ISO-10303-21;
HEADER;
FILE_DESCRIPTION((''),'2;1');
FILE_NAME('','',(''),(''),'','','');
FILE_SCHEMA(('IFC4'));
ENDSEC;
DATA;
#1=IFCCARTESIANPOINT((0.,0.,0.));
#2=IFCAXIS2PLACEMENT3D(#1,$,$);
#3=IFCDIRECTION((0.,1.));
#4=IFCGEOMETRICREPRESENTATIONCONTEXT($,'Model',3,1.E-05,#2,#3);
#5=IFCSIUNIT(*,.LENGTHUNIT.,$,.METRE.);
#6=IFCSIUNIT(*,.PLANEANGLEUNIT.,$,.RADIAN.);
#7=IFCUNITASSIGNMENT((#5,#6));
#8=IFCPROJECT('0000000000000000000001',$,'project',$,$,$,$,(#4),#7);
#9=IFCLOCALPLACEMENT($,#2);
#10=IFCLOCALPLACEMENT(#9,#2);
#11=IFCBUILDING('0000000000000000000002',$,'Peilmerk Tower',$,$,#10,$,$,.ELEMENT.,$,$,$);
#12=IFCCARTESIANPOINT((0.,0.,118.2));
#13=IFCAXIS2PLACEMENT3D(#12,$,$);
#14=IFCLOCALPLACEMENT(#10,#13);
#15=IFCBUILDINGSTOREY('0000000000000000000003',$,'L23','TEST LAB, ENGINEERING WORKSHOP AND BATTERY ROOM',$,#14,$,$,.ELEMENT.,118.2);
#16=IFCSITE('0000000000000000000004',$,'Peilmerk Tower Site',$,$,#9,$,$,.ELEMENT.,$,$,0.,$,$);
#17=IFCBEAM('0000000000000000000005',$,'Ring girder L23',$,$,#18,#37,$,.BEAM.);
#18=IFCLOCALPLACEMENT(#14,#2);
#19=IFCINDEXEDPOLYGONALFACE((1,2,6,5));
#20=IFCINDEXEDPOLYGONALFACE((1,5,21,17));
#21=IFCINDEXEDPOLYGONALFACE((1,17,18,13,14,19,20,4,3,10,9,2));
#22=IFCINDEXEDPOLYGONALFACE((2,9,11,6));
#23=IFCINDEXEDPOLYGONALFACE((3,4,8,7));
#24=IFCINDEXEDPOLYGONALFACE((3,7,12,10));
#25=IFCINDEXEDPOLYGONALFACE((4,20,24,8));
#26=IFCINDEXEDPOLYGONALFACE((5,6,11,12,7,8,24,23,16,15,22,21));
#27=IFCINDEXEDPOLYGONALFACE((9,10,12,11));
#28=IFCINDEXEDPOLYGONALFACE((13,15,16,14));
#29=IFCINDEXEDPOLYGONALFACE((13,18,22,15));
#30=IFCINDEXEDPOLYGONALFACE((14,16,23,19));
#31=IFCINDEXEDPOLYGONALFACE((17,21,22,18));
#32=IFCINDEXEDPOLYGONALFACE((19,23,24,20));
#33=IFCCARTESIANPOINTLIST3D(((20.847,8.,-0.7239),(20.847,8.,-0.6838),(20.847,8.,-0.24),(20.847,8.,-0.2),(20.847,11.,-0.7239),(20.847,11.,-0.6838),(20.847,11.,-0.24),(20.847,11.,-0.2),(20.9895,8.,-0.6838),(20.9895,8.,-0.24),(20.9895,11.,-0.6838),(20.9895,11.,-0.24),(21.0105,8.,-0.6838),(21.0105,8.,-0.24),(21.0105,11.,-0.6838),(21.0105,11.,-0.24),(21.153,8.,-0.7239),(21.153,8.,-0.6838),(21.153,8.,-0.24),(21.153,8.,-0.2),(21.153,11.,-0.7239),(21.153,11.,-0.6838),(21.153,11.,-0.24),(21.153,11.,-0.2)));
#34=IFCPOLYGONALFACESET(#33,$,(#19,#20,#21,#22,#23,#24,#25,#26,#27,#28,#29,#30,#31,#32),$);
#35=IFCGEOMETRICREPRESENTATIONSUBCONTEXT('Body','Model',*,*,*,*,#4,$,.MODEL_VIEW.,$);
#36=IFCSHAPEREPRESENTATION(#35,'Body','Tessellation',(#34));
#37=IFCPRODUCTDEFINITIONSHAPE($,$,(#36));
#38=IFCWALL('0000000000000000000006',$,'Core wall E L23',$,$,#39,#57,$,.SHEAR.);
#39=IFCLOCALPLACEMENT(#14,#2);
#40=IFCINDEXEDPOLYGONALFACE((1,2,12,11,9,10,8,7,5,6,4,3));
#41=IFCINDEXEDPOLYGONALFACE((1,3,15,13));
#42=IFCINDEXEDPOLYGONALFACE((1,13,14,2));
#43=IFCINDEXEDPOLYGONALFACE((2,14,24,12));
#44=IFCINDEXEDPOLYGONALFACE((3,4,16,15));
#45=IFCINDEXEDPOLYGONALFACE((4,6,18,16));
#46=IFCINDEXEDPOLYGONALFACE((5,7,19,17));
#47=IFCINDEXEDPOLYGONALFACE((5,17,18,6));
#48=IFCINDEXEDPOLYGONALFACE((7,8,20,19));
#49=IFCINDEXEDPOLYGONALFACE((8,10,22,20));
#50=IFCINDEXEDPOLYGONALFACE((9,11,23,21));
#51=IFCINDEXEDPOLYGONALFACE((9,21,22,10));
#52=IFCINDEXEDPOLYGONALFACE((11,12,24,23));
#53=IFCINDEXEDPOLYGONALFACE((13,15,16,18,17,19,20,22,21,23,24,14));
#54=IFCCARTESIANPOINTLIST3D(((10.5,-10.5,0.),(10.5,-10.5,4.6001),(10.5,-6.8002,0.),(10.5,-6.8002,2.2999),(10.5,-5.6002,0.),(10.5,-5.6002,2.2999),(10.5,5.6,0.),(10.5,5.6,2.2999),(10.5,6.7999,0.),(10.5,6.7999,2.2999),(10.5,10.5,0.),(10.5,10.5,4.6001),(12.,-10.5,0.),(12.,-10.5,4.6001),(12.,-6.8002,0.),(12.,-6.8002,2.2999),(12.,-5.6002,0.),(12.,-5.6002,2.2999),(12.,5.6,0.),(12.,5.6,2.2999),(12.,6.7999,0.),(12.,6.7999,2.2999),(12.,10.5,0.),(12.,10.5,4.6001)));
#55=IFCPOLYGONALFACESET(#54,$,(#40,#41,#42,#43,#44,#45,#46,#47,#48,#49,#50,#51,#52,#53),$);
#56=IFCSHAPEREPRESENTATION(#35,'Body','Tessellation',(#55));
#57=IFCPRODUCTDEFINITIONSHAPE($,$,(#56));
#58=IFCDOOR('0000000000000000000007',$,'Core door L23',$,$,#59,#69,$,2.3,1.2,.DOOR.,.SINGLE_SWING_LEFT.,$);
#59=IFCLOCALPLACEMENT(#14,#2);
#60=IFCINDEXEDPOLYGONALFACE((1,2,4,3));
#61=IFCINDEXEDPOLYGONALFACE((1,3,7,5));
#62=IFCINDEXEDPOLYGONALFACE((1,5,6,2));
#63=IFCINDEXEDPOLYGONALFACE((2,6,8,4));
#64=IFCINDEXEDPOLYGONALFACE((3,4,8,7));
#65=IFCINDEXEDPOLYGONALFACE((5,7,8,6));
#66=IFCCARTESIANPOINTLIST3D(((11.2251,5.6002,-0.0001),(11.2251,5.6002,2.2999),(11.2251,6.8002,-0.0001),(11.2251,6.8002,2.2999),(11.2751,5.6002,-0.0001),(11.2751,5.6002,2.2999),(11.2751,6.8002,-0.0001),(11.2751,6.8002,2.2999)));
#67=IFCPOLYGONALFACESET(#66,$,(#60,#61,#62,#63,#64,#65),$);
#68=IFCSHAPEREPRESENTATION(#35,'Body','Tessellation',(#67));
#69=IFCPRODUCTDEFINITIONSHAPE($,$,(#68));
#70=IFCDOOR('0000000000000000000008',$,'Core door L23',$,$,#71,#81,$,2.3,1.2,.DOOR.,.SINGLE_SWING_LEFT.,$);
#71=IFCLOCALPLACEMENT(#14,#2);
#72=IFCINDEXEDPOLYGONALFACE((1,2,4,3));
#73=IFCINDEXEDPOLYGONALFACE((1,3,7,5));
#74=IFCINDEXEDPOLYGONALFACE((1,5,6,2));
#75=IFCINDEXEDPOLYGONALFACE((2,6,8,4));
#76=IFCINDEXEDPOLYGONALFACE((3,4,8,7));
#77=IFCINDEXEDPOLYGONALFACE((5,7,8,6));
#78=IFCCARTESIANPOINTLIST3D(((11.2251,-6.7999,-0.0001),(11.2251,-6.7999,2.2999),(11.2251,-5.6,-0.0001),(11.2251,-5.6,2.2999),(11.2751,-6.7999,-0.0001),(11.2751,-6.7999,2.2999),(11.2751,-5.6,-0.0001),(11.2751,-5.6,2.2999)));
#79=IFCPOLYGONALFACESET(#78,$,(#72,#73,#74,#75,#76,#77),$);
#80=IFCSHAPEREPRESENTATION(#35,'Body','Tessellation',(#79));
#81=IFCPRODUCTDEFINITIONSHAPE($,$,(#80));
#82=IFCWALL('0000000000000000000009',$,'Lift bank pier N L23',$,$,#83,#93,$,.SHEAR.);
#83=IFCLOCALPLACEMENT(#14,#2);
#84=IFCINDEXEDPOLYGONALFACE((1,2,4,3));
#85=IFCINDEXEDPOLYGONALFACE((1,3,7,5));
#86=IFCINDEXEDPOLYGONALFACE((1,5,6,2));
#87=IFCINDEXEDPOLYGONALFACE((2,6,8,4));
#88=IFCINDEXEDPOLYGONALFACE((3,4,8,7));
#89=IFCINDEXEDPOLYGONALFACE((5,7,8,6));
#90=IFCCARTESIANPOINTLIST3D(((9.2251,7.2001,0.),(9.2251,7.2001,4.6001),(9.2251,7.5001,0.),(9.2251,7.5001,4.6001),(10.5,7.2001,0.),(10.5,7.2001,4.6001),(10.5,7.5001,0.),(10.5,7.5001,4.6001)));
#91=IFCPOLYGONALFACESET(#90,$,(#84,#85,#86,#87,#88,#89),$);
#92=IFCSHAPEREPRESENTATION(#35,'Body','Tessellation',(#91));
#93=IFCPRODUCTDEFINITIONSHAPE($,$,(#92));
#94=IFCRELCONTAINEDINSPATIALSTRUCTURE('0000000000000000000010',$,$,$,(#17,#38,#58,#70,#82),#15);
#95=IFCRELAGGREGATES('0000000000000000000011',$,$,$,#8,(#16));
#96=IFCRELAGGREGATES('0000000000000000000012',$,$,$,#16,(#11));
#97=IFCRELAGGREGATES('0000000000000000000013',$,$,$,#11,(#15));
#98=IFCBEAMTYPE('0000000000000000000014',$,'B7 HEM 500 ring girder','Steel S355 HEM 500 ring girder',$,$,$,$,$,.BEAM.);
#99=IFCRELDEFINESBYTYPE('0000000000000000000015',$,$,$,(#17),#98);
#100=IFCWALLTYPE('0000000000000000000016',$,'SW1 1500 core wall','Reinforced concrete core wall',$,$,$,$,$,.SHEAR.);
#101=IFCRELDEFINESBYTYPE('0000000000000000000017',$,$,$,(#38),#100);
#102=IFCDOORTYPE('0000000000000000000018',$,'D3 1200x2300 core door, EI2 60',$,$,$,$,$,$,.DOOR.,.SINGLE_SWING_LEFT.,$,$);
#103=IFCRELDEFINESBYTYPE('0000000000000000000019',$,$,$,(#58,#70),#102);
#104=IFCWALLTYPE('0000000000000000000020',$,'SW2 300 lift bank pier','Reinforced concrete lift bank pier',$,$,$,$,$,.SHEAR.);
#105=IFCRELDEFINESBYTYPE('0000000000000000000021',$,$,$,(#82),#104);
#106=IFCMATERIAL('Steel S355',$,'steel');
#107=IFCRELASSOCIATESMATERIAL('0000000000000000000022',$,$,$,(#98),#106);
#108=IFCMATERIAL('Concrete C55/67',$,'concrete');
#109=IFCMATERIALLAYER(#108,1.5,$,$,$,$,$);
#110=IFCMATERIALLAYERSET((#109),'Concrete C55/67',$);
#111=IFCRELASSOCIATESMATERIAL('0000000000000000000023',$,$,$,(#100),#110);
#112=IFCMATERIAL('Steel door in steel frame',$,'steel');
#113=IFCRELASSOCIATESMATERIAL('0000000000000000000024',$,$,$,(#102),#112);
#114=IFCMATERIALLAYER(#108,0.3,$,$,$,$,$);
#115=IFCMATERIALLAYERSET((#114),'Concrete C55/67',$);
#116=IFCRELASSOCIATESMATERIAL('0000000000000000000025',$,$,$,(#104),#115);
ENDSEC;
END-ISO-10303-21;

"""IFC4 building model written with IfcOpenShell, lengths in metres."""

from ifc_helpers import new_model, si_unit, direction, frame, frame_2d, origin, origin_2d, place, context, subcontext, project, spatial, rectangle, i_section, extrude, material, layer, layer_set, material_profile, profile_set, type_object, element, fill, save


model = new_model("IFC4")

# Units and contexts
model_context = context("Model", 3, precision=1e-05, world=origin(), true_north=direction((0.0, 1.0)))
body_context = subcontext(model_context, "Body", "Model", "MODEL_VIEW")
ifc_project = project(units=[si_unit("LENGTHUNIT", "METRE"), si_unit("PLANEANGLEUNIT", "RADIAN")], contexts=[model_context])

# Site, building, storey
site_placement = place(None, origin())
site = spatial("IfcSite", under=ifc_project, at=site_placement, Name="Peilmerk Tower Site", CompositionType="ELEMENT", RefElevation=0.0)
building_placement = place(site_placement, origin())
building = spatial("IfcBuilding", under=site, at=building_placement, Name="Peilmerk Tower", CompositionType="ELEMENT")
storey_placement = place(building_placement, frame((0.0, 0.0, 118.2)))
storey = spatial("IfcBuildingStorey", under=building, at=storey_placement, Name="L23", Description="TEST LAB, ENGINEERING WORKSHOP AND BATTERY ROOM", CompositionType="ELEMENT", Elevation=118.2)

# Beam
ifc_material_1 = material(Name="Steel S355", Category="steel")
ifc_material_profile_1 = material_profile(ifc_material_1, i_section(OverallWidth=0.3059, OverallDepth=0.5239, WebThickness=0.021, FlangeThickness=0.04, at=origin_2d()), Name="HEM 500")
ifc_profile_set_1 = profile_set([ifc_material_profile_1], Name="Steel S355")
beam_type_1 = type_object("IfcBeamType", Name="B7 HEM 500 ring girder", Description="Steel S355 HEM 500 ring girder", PredefinedType="BEAM", material=ifc_profile_set_1)
beam_1_placement = place(storey_placement, frame((21.0, 8.0, -0.4619), z_axis=(0.0, 1.0, 0.0), x_axis=(-1.0, 0.0, 0.0)))
element("IfcBeam", 1, at=beam_1_placement, inside=storey, type_object=beam_type_1, Name="Ring girder L23", PredefinedType="BEAM", context=body_context, shape_type="SweptSolid", body=[
    extrude(i_section(OverallWidth=0.3059, OverallDepth=0.5239, WebThickness=0.021, FlangeThickness=0.04, at=origin_2d()), origin(), (0.0, 0.0, 1.0), 3.0),
])

# Wall, openings, doors
ifc_material_2 = material(Name="Concrete C55/67", Category="concrete")
ifc_layer_1 = layer(ifc_material_2, 1.5)
ifc_layer_set_1 = layer_set([ifc_layer_1], Name="Concrete C55/67")
wall_type_1 = type_object("IfcWallType", Name="SW1 1500 core wall", Description="Reinforced concrete core wall", PredefinedType="SHEAR", material=ifc_layer_set_1)
wall_1_placement = place(storey_placement, frame((11.25, 10.5, 0.0), z_axis=(0.0, 0.0, 1.0), x_axis=(0.0, -1.0, 0.0)))
wall_1 = element("IfcWall", 2, at=wall_1_placement, inside=storey, type_object=wall_type_1, Name="Core wall E L23", PredefinedType="SHEAR", context=body_context, shape_type="SweptSolid", body=[
    extrude(rectangle(XDim=21.0, YDim=1.5, at=frame_2d((10.5, 0.0))), origin(), (0.0, 0.0, 1.0), 4.6001),
])
opening_1_placement = place(wall_1_placement, frame((3.7, 0.0, 0.0)))
opening_1 = element("IfcOpeningElement", 3, at=opening_1_placement, cuts=wall_1, PredefinedType="OPENING", context=body_context, shape_type="SweptSolid", body=[
    extrude(rectangle(XDim=1.2, YDim=2.3, at=frame_2d((0.6001, 1.1499))), frame((0.0, 0.76, 0.0), z_axis=(0.0, -1.0, 0.0), x_axis=(1.0, 0.0, 0.0)), (0.0, 0.0, 1.0), 1.52),
])
opening_2_placement = place(wall_1_placement, frame((16.1001, 0.0, 0.0)))
opening_2 = element("IfcOpeningElement", 4, at=opening_2_placement, cuts=wall_1, PredefinedType="OPENING", context=body_context, shape_type="SweptSolid", body=[
    extrude(rectangle(XDim=1.2, YDim=2.3, at=frame_2d((0.6001, 1.1499))), frame((0.0, 0.76, 0.0), z_axis=(0.0, -1.0, 0.0), x_axis=(1.0, 0.0, 0.0)), (0.0, 0.0, 1.0), 1.52),
])
ifc_material_3 = material(Name="Steel door in steel frame", Category="steel")
door_type = type_object("IfcDoorType", Name="D3 1200x2300 core door, EI2 60", OperationType="SINGLE_SWING_LEFT", PredefinedType="DOOR", material=ifc_material_3)
door_1_placement = place(opening_1_placement, frame((1.2, 0.0, 0.0), z_axis=(0.0, 0.0, 1.0), x_axis=(-1.0, 0.0, 0.0)))
door_1 = element("IfcDoor", 5, at=door_1_placement, inside=storey, type_object=door_type, Name="Core door L23", OperationType="SINGLE_SWING_LEFT", OverallHeight=2.3, OverallWidth=1.2, PredefinedType="DOOR", context=body_context, shape_type="SweptSolid", body=[
    extrude(rectangle(XDim=1.2, YDim=2.3, at=frame_2d((0.6001, 1.1499))), frame((0.0, 0.0249, 0.0), z_axis=(0.0, -1.0, 0.0), x_axis=(1.0, 0.0, 0.0)), (0.0, 0.0, 1.0), 0.05),
])
fill(opening_1, door_1)
door_2_placement = place(opening_2_placement, frame((1.2, 0.0, 0.0), z_axis=(0.0, 0.0, 1.0), x_axis=(-1.0, 0.0, 0.0)))
door_2 = element("IfcDoor", 6, at=door_2_placement, inside=storey, type_object=door_type, Name="Core door L23", OperationType="SINGLE_SWING_LEFT", OverallHeight=2.3, OverallWidth=1.2, PredefinedType="DOOR", context=body_context, shape_type="SweptSolid", body=[
    extrude(rectangle(XDim=1.2, YDim=2.3, at=frame_2d((0.6001, 1.1499))), frame((0.0, 0.0249, 0.0), z_axis=(0.0, -1.0, 0.0), x_axis=(1.0, 0.0, 0.0)), (0.0, 0.0, 1.0), 0.05),
])
fill(opening_2, door_2)

# Wall
ifc_layer_2 = layer(ifc_material_2, 0.3)
ifc_layer_set_2 = layer_set([ifc_layer_2], Name="Concrete C55/67")
wall_type_2 = type_object("IfcWallType", Name="SW2 300 lift bank pier", Description="Reinforced concrete lift bank pier", PredefinedType="SHEAR", material=ifc_layer_set_2)
wall_2_placement = place(storey_placement, frame((9.2251, 7.3501, 0.0), z_axis=(0.0, 0.0, 1.0), x_axis=(1.0, 0.0, 0.0)))
element("IfcWall", 7, at=wall_2_placement, inside=storey, type_object=wall_type_2, Name="Lift bank pier N L23", PredefinedType="SHEAR", context=body_context, shape_type="SweptSolid", body=[
    extrude(rectangle(XDim=1.2749, YDim=0.3, at=frame_2d((0.6375, 0.0))), origin(), (0.0, 0.0, 1.0), 4.6001),
])

save(model, "model.ifc")
